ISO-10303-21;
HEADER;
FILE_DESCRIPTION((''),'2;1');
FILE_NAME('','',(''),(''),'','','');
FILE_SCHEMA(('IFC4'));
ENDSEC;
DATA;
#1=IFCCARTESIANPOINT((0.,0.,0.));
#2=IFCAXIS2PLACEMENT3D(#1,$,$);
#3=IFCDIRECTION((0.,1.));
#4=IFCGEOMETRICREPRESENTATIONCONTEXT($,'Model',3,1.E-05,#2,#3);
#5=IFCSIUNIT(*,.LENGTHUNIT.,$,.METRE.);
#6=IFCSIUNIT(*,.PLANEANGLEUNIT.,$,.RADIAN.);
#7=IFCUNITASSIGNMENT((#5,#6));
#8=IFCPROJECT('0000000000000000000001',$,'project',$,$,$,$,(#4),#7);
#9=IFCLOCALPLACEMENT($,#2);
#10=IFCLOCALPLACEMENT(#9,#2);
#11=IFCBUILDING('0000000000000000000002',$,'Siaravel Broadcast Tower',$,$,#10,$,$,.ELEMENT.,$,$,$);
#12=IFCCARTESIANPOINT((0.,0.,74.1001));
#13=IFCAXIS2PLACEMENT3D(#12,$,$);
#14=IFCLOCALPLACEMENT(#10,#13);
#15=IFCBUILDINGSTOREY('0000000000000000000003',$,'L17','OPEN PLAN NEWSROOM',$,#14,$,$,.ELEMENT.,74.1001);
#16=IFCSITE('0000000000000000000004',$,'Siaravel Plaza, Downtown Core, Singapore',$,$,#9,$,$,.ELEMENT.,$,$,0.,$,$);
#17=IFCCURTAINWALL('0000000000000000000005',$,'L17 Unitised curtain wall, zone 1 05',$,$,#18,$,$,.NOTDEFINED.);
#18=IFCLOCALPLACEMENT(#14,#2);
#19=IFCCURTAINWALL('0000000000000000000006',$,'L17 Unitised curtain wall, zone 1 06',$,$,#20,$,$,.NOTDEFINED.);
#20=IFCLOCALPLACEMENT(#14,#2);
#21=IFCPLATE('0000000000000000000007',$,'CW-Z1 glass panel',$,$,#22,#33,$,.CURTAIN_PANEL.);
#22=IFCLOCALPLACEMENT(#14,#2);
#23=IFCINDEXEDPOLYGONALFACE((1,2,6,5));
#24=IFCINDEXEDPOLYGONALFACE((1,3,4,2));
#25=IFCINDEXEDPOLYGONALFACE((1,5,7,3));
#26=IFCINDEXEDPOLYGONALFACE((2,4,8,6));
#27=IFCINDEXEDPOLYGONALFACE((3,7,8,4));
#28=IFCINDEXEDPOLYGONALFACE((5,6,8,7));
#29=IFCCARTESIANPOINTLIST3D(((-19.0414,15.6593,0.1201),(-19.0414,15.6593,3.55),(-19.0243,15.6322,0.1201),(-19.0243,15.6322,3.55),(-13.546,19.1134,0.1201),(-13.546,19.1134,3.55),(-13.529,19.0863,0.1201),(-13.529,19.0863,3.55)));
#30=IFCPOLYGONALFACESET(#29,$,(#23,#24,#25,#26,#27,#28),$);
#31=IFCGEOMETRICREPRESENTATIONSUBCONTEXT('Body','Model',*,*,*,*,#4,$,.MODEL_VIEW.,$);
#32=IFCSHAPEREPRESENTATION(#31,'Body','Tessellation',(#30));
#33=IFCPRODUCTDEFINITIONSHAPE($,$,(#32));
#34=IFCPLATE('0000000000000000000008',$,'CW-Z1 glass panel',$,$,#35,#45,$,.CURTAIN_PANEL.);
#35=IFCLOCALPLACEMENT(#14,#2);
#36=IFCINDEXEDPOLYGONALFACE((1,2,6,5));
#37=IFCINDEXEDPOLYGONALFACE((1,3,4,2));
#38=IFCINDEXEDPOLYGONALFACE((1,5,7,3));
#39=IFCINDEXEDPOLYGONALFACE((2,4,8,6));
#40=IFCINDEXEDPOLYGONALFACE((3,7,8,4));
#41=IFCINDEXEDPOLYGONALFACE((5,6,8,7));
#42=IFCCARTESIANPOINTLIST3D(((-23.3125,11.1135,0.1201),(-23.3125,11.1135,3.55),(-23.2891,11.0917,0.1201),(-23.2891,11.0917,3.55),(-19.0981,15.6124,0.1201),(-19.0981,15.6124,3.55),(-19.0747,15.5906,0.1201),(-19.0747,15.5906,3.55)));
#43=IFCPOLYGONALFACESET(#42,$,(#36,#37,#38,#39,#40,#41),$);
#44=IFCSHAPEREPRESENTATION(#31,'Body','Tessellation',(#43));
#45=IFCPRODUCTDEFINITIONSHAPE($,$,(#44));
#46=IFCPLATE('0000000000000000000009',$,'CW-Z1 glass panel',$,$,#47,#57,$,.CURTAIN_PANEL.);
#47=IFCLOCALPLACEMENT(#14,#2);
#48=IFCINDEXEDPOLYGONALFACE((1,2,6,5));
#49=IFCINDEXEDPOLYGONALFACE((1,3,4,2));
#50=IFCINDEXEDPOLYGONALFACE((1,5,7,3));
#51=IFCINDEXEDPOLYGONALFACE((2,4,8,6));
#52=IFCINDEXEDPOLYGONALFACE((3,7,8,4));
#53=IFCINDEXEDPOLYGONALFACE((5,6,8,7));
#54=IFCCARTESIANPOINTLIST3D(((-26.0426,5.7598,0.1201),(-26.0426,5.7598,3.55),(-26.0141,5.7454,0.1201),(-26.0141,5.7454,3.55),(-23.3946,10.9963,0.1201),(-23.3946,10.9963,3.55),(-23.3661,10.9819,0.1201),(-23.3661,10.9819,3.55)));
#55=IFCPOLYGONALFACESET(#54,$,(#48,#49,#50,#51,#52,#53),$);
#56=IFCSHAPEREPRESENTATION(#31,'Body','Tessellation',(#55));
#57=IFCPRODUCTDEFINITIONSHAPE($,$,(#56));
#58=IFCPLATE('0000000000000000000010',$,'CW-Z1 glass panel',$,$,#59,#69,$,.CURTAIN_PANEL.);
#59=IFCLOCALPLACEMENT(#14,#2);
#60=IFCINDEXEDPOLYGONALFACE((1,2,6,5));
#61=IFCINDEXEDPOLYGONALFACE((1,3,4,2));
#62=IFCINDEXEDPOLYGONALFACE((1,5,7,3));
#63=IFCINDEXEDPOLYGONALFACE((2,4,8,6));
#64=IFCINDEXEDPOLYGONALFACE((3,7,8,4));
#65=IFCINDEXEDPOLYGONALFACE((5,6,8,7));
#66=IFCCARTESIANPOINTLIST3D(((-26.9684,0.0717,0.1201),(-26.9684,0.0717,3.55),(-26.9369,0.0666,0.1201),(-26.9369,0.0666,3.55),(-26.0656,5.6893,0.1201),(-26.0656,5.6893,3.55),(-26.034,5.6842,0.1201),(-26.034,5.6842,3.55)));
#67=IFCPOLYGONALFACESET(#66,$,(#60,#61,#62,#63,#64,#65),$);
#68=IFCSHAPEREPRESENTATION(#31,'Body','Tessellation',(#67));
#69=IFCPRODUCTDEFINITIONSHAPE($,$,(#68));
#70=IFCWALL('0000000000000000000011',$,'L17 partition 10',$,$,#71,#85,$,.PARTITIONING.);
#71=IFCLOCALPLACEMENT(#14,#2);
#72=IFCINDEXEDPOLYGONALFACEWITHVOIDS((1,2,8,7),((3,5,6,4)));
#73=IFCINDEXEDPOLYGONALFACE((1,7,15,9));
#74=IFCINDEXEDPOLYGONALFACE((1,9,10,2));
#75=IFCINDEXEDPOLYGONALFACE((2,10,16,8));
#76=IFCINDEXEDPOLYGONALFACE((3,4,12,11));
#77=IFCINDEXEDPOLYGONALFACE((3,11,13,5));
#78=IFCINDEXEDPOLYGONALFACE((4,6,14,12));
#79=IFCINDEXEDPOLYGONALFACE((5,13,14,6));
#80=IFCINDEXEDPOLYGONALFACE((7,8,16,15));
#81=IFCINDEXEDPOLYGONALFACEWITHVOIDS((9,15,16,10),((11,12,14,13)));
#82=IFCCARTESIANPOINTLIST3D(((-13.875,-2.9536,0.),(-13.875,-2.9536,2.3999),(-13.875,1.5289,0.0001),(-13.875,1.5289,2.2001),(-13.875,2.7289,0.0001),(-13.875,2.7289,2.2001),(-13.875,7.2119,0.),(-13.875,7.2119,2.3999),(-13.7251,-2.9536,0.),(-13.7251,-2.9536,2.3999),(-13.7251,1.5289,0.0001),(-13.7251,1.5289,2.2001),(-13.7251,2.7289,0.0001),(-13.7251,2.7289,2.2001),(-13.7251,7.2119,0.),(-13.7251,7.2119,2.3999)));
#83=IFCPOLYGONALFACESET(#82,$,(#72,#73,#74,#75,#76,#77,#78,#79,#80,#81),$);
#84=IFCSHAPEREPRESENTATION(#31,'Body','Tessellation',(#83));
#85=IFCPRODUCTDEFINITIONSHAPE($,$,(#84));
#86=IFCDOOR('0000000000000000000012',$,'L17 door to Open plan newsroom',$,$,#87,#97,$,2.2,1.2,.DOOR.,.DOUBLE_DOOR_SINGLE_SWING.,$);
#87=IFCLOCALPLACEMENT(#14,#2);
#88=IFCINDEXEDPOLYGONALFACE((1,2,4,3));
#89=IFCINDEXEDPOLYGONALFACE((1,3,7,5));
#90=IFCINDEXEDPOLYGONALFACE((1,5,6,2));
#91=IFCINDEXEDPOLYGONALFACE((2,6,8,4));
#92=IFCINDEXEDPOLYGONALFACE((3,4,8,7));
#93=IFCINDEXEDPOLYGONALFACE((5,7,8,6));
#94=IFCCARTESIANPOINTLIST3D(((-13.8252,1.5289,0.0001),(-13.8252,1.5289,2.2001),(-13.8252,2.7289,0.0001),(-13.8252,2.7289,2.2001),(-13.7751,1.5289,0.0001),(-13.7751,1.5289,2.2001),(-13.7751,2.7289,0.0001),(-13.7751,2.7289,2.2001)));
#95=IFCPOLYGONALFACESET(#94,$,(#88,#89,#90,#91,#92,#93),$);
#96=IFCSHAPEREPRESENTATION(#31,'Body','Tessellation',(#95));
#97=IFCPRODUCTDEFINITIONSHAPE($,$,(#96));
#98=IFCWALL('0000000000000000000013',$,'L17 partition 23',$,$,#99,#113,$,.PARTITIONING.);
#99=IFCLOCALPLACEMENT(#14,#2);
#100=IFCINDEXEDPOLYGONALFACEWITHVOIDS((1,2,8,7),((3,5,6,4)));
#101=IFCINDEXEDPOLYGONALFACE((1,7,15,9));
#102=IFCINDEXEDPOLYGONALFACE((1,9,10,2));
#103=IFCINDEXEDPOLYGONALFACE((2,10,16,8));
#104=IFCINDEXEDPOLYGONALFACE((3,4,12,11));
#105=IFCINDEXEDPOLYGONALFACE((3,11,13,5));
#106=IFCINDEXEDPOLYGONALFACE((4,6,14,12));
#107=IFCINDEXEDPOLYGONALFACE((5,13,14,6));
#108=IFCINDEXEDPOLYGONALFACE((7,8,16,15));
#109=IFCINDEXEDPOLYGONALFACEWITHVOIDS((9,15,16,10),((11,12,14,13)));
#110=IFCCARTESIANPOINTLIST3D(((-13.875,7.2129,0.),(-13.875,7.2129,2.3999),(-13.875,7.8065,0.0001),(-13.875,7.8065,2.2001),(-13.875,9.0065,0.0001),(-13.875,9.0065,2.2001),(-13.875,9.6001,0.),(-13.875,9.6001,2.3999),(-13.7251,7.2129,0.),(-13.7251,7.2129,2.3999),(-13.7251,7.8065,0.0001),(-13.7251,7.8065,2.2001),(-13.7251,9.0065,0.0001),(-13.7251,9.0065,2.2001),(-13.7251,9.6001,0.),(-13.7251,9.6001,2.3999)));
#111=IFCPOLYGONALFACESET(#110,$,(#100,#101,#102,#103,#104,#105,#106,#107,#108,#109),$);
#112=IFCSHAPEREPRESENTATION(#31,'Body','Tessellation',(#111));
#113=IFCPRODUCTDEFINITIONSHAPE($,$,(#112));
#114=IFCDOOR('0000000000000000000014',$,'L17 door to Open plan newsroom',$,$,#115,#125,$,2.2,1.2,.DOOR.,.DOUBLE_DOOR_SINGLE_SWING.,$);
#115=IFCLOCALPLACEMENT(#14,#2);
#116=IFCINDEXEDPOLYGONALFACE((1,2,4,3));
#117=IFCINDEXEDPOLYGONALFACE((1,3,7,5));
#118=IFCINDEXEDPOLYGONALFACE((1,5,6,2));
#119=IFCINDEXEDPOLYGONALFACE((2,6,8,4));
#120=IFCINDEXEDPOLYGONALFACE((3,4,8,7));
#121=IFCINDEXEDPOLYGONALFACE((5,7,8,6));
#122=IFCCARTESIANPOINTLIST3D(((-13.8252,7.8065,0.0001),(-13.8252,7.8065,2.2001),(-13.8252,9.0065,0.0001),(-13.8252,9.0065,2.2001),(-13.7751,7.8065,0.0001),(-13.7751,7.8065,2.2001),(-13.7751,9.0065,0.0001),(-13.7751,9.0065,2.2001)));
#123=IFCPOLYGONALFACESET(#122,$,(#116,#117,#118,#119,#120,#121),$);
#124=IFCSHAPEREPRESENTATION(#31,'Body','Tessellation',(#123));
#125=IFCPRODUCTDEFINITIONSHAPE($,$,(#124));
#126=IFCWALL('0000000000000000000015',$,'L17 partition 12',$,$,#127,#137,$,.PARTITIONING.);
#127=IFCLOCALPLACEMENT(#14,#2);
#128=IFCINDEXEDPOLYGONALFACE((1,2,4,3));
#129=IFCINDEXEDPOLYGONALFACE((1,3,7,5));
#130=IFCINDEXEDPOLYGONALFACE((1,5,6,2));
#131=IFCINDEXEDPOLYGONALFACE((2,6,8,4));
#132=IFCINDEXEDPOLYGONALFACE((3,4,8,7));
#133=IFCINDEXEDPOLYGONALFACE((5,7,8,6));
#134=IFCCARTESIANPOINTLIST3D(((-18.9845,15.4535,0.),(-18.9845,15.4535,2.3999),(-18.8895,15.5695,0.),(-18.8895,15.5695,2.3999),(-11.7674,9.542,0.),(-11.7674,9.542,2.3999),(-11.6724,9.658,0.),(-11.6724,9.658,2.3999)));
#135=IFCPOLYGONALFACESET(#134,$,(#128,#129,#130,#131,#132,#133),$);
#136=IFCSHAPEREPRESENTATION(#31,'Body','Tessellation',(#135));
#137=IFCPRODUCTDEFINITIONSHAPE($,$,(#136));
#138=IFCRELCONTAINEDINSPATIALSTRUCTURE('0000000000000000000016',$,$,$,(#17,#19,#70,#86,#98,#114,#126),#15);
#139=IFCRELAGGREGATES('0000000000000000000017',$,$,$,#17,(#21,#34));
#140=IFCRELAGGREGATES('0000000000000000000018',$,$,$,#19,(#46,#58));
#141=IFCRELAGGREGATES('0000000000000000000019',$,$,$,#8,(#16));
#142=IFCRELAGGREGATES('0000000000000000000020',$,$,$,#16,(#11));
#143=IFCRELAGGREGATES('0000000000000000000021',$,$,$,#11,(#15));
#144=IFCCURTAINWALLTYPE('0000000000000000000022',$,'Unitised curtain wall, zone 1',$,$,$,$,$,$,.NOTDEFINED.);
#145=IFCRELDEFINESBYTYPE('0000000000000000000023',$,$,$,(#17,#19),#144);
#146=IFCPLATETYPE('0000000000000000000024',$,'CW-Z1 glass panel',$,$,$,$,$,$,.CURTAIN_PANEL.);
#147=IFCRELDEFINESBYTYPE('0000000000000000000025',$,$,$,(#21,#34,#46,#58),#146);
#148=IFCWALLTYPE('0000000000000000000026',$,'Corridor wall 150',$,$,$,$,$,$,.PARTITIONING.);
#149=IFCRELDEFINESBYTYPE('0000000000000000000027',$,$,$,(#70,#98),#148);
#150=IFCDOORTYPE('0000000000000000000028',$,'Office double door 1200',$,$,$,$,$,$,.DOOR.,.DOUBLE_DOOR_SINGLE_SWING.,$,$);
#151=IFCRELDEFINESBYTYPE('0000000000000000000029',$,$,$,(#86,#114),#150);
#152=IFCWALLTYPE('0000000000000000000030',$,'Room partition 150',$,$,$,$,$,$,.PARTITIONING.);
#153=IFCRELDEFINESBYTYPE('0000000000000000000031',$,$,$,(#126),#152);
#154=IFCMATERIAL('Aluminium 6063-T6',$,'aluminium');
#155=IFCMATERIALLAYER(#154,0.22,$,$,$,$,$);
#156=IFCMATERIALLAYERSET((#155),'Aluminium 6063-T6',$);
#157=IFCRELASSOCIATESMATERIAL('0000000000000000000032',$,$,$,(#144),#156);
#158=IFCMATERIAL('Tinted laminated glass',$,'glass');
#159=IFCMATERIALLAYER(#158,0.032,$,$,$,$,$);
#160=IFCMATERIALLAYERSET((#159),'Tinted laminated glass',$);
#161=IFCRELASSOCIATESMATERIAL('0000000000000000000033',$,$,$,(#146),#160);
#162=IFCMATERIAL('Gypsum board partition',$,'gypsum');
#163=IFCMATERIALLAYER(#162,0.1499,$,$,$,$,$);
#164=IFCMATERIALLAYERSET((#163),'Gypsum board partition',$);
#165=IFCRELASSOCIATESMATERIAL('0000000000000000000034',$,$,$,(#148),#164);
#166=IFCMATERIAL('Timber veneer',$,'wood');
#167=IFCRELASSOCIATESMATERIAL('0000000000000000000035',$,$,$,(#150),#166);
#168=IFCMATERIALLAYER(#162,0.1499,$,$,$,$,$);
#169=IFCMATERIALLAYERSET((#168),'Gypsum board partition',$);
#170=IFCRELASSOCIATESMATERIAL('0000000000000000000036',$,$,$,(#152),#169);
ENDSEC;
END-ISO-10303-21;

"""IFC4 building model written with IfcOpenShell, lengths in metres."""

from ifc_helpers import new_model, si_unit, direction, frame, frame_2d, origin, origin_2d, place, context, subcontext, project, spatial, rectangle, extrude, material, layer, layer_set, type_object, element, fill, aggregate, save


model = new_model("IFC4")

# Units and contexts
model_context = context("Model", 3, precision=1e-05, world=origin(), true_north=direction((0.0, 1.0)))
body_context = subcontext(model_context, "Body", "Model", "MODEL_VIEW")
ifc_project = project(units=[si_unit("LENGTHUNIT", "METRE"), si_unit("PLANEANGLEUNIT", "RADIAN")], contexts=[model_context])

# Site, building, storey
site_placement = place(None, origin())
site = spatial("IfcSite", under=ifc_project, at=site_placement, Name="Siaravel Plaza, Downtown Core, Singapore", CompositionType="ELEMENT", RefElevation=0.0)
building_placement = place(site_placement, origin())
building = spatial("IfcBuilding", under=site, at=building_placement, Name="Siaravel Broadcast Tower", CompositionType="ELEMENT")
storey_placement = place(building_placement, frame((0.0, 0.0, 74.1001)))
storey = spatial("IfcBuildingStorey", under=building, at=storey_placement, Name="L17", Description="OPEN PLAN NEWSROOM", CompositionType="ELEMENT", Elevation=74.1001)

# Curtain walls
ifc_material_1 = material(Name="Aluminium 6063-T6", Category="aluminium")
ifc_layer_1 = layer(ifc_material_1, 0.22)
ifc_layer_set_1 = layer_set([ifc_layer_1], Name="Aluminium 6063-T6")
curtain_wall_type = type_object("IfcCurtainWallType", Name="Unitised curtain wall, zone 1", PredefinedType="NOTDEFINED", material=ifc_layer_set_1)
curtain_wall_1_placement = place(storey_placement, origin())
curtain_wall_1 = element("IfcCurtainWall", 1, at=curtain_wall_1_placement, inside=storey, type_object=curtain_wall_type, Name="L17 Unitised curtain wall, zone 1 05", PredefinedType="NOTDEFINED")
curtain_wall_2_placement = place(storey_placement, origin())
curtain_wall_2 = element("IfcCurtainWall", 2, at=curtain_wall_2_placement, inside=storey, type_object=curtain_wall_type, Name="L17 Unitised curtain wall, zone 1 06", PredefinedType="NOTDEFINED")

# Plates
ifc_material_2 = material(Name="Tinted laminated glass", Category="glass")
ifc_layer_2 = layer(ifc_material_2, 0.032)
ifc_layer_set_2 = layer_set([ifc_layer_2], Name="Tinted laminated glass")
plate_type = type_object("IfcPlateType", Name="CW-Z1 glass panel", PredefinedType="CURTAIN_PANEL", material=ifc_layer_set_2)
plate_1_placement = place(storey_placement, frame((-16.2852, 17.3728, 0.1201), z_axis=(0.0, 0.0, 1.0), x_axis=(-0.84665, -0.53215, 0.0)))
plate_1 = element("IfcPlate", 3, at=plate_1_placement, type_object=plate_type, Name="CW-Z1 glass panel", PredefinedType="CURTAIN_PANEL", context=body_context, shape_type="SweptSolid", body=[
    extrude(rectangle(XDim=6.4907, YDim=0.032, at=origin_2d()), origin(), (0.0, 0.0, 1.0), 3.4299),
])
plate_2_placement = place(storey_placement, frame((-21.1936, 13.3521, 0.1201), z_axis=(0.0, 0.0, 1.0), x_axis=(-0.683655, -0.729806, 0.0)))
plate_2 = element("IfcPlate", 4, at=plate_2_placement, type_object=plate_type, Name="CW-Z1 glass panel", PredefinedType="CURTAIN_PANEL", context=body_context, shape_type="SweptSolid", body=[
    extrude(rectangle(XDim=6.1646, YDim=0.032, at=origin_2d()), origin(), (0.0, 0.0, 1.0), 3.4299),
])
aggregate(curtain_wall_1, [plate_1, plate_2])
plate_3_placement = place(storey_placement, frame((-24.7043, 8.3708, 0.1201), z_axis=(0.0, 0.0, 1.0), x_axis=(-0.451261, -0.892392, 0.0)))
plate_3 = element("IfcPlate", 5, at=plate_3_placement, type_object=plate_type, Name="CW-Z1 glass panel", PredefinedType="CURTAIN_PANEL", context=body_context, shape_type="SweptSolid", body=[
    extrude(rectangle(XDim=5.8679, YDim=0.032, at=origin_2d()), origin(), (0.0, 0.0, 1.0), 3.4299),
])
plate_4_placement = place(storey_placement, frame((-26.5012, 2.8779, 0.1201), z_axis=(0.0, 0.0, 1.0), x_axis=(-0.158685, -0.987329, 0.0)))
plate_4 = element("IfcPlate", 6, at=plate_4_placement, type_object=plate_type, Name="CW-Z1 glass panel", PredefinedType="CURTAIN_PANEL", context=body_context, shape_type="SweptSolid", body=[
    extrude(rectangle(XDim=5.6897, YDim=0.032, at=origin_2d()), origin(), (0.0, 0.0, 1.0), 3.4299),
])
aggregate(curtain_wall_2, [plate_3, plate_4])

# Walls, openings, doors
ifc_material_3 = material(Name="Gypsum board partition", Category="gypsum")
ifc_layer_3 = layer(ifc_material_3, 0.1499)
ifc_layer_set_3 = layer_set([ifc_layer_3], Name="Gypsum board partition")
wall_type_1 = type_object("IfcWallType", Name="Corridor wall 150", PredefinedType="PARTITIONING", material=ifc_layer_set_3)
wall_1_placement = place(storey_placement, frame((-13.8, 7.2119, 0.0), z_axis=(0.0, 0.0, 1.0), x_axis=(0.0, -1.0, 0.0)))
wall_1 = element("IfcWall", 7, at=wall_1_placement, inside=storey, type_object=wall_type_1, Name="L17 partition 10", PredefinedType="PARTITIONING", context=body_context, shape_type="SweptSolid", body=[
    extrude(rectangle(XDim=10.1655, YDim=0.1499, at=frame_2d((5.0828, 0.0))), origin(), (0.0, 0.0, 1.0), 2.3999),
])
opening_1_placement = place(wall_1_placement, frame((4.4829, 0.0, 0.0)))
opening_1 = element("IfcOpeningElement", 8, at=opening_1_placement, cuts=wall_1, PredefinedType="OPENING", context=body_context, shape_type="SweptSolid", body=[
    extrude(rectangle(XDim=1.2, YDim=2.2, at=frame_2d((0.6001, 1.1001))), frame((0.0, 0.085, 0.0), z_axis=(0.0, -1.0, 0.0), x_axis=(1.0, 0.0, 0.0)), (0.0, 0.0, 1.0), 0.1699),
])
ifc_material_4 = material(Name="Timber veneer", Category="wood")
door_type = type_object("IfcDoorType", Name="Office double door 1200", OperationType="DOUBLE_DOOR_SINGLE_SWING", PredefinedType="DOOR", material=ifc_material_4)
door_1_placement = place(opening_1_placement, origin())
door_1 = element("IfcDoor", 9, at=door_1_placement, inside=storey, type_object=door_type, Name="L17 door to Open plan newsroom", OperationType="DOUBLE_DOOR_SINGLE_SWING", OverallHeight=2.2, OverallWidth=1.2, PredefinedType="DOOR", context=body_context, shape_type="SweptSolid", body=[
    extrude(rectangle(XDim=1.2, YDim=2.2, at=frame_2d((0.6001, 1.1001))), frame((0.0, 0.0249, 0.0), z_axis=(0.0, -1.0, 0.0), x_axis=(1.0, 0.0, 0.0)), (0.0, 0.0, 1.0), 0.05),
])
fill(opening_1, door_1)
wall_2_placement = place(storey_placement, frame((-13.8, 9.6001, 0.0), z_axis=(0.0, 0.0, 1.0), x_axis=(0.0, -1.0, 0.0)))
wall_2 = element("IfcWall", 10, at=wall_2_placement, inside=storey, type_object=wall_type_1, Name="L17 partition 23", PredefinedType="PARTITIONING", context=body_context, shape_type="SweptSolid", body=[
    extrude(rectangle(XDim=2.3872, YDim=0.1499, at=frame_2d((1.1936, 0.0))), origin(), (0.0, 0.0, 1.0), 2.3999),
])
opening_2_placement = place(wall_2_placement, frame((0.5935, 0.0, 0.0)))
opening_2 = element("IfcOpeningElement", 11, at=opening_2_placement, cuts=wall_2, PredefinedType="OPENING", context=body_context, shape_type="SweptSolid", body=[
    extrude(rectangle(XDim=1.2, YDim=2.2, at=frame_2d((0.6001, 1.1001))), frame((0.0, 0.085, 0.0), z_axis=(0.0, -1.0, 0.0), x_axis=(1.0, 0.0, 0.0)), (0.0, 0.0, 1.0), 0.1699),
])
door_2_placement = place(opening_2_placement, origin())
door_2 = element("IfcDoor", 12, at=door_2_placement, inside=storey, type_object=door_type, Name="L17 door to Open plan newsroom", OperationType="DOUBLE_DOOR_SINGLE_SWING", OverallHeight=2.2, OverallWidth=1.2, PredefinedType="DOOR", context=body_context, shape_type="SweptSolid", body=[
    extrude(rectangle(XDim=1.2, YDim=2.2, at=frame_2d((0.6001, 1.1001))), frame((0.0, 0.0249, 0.0), z_axis=(0.0, -1.0, 0.0), x_axis=(1.0, 0.0, 0.0)), (0.0, 0.0, 1.0), 0.05),
])
fill(opening_2, door_2)

# Wall
ifc_layer_4 = layer(ifc_material_3, 0.1499)
ifc_layer_set_4 = layer_set([ifc_layer_4], Name="Gypsum board partition")
wall_type_2 = type_object("IfcWallType", Name="Room partition 150", PredefinedType="PARTITIONING", material=ifc_layer_set_4)
wall_3_placement = place(storey_placement, frame((-18.937, 15.5115, 0.0), z_axis=(0.0, 0.0, 1.0), x_axis=(0.773614, -0.633657, 0.0)))
element("IfcWall", 13, at=wall_3_placement, inside=storey, type_object=wall_type_2, Name="L17 partition 12", PredefinedType="PARTITIONING", context=body_context, shape_type="SweptSolid", body=[
    extrude(rectangle(XDim=9.3291, YDim=0.1499, at=frame_2d((4.6646, 0.0))), origin(), (0.0, 0.0, 1.0), 2.3999),
])

save(model, "model.ifc")
